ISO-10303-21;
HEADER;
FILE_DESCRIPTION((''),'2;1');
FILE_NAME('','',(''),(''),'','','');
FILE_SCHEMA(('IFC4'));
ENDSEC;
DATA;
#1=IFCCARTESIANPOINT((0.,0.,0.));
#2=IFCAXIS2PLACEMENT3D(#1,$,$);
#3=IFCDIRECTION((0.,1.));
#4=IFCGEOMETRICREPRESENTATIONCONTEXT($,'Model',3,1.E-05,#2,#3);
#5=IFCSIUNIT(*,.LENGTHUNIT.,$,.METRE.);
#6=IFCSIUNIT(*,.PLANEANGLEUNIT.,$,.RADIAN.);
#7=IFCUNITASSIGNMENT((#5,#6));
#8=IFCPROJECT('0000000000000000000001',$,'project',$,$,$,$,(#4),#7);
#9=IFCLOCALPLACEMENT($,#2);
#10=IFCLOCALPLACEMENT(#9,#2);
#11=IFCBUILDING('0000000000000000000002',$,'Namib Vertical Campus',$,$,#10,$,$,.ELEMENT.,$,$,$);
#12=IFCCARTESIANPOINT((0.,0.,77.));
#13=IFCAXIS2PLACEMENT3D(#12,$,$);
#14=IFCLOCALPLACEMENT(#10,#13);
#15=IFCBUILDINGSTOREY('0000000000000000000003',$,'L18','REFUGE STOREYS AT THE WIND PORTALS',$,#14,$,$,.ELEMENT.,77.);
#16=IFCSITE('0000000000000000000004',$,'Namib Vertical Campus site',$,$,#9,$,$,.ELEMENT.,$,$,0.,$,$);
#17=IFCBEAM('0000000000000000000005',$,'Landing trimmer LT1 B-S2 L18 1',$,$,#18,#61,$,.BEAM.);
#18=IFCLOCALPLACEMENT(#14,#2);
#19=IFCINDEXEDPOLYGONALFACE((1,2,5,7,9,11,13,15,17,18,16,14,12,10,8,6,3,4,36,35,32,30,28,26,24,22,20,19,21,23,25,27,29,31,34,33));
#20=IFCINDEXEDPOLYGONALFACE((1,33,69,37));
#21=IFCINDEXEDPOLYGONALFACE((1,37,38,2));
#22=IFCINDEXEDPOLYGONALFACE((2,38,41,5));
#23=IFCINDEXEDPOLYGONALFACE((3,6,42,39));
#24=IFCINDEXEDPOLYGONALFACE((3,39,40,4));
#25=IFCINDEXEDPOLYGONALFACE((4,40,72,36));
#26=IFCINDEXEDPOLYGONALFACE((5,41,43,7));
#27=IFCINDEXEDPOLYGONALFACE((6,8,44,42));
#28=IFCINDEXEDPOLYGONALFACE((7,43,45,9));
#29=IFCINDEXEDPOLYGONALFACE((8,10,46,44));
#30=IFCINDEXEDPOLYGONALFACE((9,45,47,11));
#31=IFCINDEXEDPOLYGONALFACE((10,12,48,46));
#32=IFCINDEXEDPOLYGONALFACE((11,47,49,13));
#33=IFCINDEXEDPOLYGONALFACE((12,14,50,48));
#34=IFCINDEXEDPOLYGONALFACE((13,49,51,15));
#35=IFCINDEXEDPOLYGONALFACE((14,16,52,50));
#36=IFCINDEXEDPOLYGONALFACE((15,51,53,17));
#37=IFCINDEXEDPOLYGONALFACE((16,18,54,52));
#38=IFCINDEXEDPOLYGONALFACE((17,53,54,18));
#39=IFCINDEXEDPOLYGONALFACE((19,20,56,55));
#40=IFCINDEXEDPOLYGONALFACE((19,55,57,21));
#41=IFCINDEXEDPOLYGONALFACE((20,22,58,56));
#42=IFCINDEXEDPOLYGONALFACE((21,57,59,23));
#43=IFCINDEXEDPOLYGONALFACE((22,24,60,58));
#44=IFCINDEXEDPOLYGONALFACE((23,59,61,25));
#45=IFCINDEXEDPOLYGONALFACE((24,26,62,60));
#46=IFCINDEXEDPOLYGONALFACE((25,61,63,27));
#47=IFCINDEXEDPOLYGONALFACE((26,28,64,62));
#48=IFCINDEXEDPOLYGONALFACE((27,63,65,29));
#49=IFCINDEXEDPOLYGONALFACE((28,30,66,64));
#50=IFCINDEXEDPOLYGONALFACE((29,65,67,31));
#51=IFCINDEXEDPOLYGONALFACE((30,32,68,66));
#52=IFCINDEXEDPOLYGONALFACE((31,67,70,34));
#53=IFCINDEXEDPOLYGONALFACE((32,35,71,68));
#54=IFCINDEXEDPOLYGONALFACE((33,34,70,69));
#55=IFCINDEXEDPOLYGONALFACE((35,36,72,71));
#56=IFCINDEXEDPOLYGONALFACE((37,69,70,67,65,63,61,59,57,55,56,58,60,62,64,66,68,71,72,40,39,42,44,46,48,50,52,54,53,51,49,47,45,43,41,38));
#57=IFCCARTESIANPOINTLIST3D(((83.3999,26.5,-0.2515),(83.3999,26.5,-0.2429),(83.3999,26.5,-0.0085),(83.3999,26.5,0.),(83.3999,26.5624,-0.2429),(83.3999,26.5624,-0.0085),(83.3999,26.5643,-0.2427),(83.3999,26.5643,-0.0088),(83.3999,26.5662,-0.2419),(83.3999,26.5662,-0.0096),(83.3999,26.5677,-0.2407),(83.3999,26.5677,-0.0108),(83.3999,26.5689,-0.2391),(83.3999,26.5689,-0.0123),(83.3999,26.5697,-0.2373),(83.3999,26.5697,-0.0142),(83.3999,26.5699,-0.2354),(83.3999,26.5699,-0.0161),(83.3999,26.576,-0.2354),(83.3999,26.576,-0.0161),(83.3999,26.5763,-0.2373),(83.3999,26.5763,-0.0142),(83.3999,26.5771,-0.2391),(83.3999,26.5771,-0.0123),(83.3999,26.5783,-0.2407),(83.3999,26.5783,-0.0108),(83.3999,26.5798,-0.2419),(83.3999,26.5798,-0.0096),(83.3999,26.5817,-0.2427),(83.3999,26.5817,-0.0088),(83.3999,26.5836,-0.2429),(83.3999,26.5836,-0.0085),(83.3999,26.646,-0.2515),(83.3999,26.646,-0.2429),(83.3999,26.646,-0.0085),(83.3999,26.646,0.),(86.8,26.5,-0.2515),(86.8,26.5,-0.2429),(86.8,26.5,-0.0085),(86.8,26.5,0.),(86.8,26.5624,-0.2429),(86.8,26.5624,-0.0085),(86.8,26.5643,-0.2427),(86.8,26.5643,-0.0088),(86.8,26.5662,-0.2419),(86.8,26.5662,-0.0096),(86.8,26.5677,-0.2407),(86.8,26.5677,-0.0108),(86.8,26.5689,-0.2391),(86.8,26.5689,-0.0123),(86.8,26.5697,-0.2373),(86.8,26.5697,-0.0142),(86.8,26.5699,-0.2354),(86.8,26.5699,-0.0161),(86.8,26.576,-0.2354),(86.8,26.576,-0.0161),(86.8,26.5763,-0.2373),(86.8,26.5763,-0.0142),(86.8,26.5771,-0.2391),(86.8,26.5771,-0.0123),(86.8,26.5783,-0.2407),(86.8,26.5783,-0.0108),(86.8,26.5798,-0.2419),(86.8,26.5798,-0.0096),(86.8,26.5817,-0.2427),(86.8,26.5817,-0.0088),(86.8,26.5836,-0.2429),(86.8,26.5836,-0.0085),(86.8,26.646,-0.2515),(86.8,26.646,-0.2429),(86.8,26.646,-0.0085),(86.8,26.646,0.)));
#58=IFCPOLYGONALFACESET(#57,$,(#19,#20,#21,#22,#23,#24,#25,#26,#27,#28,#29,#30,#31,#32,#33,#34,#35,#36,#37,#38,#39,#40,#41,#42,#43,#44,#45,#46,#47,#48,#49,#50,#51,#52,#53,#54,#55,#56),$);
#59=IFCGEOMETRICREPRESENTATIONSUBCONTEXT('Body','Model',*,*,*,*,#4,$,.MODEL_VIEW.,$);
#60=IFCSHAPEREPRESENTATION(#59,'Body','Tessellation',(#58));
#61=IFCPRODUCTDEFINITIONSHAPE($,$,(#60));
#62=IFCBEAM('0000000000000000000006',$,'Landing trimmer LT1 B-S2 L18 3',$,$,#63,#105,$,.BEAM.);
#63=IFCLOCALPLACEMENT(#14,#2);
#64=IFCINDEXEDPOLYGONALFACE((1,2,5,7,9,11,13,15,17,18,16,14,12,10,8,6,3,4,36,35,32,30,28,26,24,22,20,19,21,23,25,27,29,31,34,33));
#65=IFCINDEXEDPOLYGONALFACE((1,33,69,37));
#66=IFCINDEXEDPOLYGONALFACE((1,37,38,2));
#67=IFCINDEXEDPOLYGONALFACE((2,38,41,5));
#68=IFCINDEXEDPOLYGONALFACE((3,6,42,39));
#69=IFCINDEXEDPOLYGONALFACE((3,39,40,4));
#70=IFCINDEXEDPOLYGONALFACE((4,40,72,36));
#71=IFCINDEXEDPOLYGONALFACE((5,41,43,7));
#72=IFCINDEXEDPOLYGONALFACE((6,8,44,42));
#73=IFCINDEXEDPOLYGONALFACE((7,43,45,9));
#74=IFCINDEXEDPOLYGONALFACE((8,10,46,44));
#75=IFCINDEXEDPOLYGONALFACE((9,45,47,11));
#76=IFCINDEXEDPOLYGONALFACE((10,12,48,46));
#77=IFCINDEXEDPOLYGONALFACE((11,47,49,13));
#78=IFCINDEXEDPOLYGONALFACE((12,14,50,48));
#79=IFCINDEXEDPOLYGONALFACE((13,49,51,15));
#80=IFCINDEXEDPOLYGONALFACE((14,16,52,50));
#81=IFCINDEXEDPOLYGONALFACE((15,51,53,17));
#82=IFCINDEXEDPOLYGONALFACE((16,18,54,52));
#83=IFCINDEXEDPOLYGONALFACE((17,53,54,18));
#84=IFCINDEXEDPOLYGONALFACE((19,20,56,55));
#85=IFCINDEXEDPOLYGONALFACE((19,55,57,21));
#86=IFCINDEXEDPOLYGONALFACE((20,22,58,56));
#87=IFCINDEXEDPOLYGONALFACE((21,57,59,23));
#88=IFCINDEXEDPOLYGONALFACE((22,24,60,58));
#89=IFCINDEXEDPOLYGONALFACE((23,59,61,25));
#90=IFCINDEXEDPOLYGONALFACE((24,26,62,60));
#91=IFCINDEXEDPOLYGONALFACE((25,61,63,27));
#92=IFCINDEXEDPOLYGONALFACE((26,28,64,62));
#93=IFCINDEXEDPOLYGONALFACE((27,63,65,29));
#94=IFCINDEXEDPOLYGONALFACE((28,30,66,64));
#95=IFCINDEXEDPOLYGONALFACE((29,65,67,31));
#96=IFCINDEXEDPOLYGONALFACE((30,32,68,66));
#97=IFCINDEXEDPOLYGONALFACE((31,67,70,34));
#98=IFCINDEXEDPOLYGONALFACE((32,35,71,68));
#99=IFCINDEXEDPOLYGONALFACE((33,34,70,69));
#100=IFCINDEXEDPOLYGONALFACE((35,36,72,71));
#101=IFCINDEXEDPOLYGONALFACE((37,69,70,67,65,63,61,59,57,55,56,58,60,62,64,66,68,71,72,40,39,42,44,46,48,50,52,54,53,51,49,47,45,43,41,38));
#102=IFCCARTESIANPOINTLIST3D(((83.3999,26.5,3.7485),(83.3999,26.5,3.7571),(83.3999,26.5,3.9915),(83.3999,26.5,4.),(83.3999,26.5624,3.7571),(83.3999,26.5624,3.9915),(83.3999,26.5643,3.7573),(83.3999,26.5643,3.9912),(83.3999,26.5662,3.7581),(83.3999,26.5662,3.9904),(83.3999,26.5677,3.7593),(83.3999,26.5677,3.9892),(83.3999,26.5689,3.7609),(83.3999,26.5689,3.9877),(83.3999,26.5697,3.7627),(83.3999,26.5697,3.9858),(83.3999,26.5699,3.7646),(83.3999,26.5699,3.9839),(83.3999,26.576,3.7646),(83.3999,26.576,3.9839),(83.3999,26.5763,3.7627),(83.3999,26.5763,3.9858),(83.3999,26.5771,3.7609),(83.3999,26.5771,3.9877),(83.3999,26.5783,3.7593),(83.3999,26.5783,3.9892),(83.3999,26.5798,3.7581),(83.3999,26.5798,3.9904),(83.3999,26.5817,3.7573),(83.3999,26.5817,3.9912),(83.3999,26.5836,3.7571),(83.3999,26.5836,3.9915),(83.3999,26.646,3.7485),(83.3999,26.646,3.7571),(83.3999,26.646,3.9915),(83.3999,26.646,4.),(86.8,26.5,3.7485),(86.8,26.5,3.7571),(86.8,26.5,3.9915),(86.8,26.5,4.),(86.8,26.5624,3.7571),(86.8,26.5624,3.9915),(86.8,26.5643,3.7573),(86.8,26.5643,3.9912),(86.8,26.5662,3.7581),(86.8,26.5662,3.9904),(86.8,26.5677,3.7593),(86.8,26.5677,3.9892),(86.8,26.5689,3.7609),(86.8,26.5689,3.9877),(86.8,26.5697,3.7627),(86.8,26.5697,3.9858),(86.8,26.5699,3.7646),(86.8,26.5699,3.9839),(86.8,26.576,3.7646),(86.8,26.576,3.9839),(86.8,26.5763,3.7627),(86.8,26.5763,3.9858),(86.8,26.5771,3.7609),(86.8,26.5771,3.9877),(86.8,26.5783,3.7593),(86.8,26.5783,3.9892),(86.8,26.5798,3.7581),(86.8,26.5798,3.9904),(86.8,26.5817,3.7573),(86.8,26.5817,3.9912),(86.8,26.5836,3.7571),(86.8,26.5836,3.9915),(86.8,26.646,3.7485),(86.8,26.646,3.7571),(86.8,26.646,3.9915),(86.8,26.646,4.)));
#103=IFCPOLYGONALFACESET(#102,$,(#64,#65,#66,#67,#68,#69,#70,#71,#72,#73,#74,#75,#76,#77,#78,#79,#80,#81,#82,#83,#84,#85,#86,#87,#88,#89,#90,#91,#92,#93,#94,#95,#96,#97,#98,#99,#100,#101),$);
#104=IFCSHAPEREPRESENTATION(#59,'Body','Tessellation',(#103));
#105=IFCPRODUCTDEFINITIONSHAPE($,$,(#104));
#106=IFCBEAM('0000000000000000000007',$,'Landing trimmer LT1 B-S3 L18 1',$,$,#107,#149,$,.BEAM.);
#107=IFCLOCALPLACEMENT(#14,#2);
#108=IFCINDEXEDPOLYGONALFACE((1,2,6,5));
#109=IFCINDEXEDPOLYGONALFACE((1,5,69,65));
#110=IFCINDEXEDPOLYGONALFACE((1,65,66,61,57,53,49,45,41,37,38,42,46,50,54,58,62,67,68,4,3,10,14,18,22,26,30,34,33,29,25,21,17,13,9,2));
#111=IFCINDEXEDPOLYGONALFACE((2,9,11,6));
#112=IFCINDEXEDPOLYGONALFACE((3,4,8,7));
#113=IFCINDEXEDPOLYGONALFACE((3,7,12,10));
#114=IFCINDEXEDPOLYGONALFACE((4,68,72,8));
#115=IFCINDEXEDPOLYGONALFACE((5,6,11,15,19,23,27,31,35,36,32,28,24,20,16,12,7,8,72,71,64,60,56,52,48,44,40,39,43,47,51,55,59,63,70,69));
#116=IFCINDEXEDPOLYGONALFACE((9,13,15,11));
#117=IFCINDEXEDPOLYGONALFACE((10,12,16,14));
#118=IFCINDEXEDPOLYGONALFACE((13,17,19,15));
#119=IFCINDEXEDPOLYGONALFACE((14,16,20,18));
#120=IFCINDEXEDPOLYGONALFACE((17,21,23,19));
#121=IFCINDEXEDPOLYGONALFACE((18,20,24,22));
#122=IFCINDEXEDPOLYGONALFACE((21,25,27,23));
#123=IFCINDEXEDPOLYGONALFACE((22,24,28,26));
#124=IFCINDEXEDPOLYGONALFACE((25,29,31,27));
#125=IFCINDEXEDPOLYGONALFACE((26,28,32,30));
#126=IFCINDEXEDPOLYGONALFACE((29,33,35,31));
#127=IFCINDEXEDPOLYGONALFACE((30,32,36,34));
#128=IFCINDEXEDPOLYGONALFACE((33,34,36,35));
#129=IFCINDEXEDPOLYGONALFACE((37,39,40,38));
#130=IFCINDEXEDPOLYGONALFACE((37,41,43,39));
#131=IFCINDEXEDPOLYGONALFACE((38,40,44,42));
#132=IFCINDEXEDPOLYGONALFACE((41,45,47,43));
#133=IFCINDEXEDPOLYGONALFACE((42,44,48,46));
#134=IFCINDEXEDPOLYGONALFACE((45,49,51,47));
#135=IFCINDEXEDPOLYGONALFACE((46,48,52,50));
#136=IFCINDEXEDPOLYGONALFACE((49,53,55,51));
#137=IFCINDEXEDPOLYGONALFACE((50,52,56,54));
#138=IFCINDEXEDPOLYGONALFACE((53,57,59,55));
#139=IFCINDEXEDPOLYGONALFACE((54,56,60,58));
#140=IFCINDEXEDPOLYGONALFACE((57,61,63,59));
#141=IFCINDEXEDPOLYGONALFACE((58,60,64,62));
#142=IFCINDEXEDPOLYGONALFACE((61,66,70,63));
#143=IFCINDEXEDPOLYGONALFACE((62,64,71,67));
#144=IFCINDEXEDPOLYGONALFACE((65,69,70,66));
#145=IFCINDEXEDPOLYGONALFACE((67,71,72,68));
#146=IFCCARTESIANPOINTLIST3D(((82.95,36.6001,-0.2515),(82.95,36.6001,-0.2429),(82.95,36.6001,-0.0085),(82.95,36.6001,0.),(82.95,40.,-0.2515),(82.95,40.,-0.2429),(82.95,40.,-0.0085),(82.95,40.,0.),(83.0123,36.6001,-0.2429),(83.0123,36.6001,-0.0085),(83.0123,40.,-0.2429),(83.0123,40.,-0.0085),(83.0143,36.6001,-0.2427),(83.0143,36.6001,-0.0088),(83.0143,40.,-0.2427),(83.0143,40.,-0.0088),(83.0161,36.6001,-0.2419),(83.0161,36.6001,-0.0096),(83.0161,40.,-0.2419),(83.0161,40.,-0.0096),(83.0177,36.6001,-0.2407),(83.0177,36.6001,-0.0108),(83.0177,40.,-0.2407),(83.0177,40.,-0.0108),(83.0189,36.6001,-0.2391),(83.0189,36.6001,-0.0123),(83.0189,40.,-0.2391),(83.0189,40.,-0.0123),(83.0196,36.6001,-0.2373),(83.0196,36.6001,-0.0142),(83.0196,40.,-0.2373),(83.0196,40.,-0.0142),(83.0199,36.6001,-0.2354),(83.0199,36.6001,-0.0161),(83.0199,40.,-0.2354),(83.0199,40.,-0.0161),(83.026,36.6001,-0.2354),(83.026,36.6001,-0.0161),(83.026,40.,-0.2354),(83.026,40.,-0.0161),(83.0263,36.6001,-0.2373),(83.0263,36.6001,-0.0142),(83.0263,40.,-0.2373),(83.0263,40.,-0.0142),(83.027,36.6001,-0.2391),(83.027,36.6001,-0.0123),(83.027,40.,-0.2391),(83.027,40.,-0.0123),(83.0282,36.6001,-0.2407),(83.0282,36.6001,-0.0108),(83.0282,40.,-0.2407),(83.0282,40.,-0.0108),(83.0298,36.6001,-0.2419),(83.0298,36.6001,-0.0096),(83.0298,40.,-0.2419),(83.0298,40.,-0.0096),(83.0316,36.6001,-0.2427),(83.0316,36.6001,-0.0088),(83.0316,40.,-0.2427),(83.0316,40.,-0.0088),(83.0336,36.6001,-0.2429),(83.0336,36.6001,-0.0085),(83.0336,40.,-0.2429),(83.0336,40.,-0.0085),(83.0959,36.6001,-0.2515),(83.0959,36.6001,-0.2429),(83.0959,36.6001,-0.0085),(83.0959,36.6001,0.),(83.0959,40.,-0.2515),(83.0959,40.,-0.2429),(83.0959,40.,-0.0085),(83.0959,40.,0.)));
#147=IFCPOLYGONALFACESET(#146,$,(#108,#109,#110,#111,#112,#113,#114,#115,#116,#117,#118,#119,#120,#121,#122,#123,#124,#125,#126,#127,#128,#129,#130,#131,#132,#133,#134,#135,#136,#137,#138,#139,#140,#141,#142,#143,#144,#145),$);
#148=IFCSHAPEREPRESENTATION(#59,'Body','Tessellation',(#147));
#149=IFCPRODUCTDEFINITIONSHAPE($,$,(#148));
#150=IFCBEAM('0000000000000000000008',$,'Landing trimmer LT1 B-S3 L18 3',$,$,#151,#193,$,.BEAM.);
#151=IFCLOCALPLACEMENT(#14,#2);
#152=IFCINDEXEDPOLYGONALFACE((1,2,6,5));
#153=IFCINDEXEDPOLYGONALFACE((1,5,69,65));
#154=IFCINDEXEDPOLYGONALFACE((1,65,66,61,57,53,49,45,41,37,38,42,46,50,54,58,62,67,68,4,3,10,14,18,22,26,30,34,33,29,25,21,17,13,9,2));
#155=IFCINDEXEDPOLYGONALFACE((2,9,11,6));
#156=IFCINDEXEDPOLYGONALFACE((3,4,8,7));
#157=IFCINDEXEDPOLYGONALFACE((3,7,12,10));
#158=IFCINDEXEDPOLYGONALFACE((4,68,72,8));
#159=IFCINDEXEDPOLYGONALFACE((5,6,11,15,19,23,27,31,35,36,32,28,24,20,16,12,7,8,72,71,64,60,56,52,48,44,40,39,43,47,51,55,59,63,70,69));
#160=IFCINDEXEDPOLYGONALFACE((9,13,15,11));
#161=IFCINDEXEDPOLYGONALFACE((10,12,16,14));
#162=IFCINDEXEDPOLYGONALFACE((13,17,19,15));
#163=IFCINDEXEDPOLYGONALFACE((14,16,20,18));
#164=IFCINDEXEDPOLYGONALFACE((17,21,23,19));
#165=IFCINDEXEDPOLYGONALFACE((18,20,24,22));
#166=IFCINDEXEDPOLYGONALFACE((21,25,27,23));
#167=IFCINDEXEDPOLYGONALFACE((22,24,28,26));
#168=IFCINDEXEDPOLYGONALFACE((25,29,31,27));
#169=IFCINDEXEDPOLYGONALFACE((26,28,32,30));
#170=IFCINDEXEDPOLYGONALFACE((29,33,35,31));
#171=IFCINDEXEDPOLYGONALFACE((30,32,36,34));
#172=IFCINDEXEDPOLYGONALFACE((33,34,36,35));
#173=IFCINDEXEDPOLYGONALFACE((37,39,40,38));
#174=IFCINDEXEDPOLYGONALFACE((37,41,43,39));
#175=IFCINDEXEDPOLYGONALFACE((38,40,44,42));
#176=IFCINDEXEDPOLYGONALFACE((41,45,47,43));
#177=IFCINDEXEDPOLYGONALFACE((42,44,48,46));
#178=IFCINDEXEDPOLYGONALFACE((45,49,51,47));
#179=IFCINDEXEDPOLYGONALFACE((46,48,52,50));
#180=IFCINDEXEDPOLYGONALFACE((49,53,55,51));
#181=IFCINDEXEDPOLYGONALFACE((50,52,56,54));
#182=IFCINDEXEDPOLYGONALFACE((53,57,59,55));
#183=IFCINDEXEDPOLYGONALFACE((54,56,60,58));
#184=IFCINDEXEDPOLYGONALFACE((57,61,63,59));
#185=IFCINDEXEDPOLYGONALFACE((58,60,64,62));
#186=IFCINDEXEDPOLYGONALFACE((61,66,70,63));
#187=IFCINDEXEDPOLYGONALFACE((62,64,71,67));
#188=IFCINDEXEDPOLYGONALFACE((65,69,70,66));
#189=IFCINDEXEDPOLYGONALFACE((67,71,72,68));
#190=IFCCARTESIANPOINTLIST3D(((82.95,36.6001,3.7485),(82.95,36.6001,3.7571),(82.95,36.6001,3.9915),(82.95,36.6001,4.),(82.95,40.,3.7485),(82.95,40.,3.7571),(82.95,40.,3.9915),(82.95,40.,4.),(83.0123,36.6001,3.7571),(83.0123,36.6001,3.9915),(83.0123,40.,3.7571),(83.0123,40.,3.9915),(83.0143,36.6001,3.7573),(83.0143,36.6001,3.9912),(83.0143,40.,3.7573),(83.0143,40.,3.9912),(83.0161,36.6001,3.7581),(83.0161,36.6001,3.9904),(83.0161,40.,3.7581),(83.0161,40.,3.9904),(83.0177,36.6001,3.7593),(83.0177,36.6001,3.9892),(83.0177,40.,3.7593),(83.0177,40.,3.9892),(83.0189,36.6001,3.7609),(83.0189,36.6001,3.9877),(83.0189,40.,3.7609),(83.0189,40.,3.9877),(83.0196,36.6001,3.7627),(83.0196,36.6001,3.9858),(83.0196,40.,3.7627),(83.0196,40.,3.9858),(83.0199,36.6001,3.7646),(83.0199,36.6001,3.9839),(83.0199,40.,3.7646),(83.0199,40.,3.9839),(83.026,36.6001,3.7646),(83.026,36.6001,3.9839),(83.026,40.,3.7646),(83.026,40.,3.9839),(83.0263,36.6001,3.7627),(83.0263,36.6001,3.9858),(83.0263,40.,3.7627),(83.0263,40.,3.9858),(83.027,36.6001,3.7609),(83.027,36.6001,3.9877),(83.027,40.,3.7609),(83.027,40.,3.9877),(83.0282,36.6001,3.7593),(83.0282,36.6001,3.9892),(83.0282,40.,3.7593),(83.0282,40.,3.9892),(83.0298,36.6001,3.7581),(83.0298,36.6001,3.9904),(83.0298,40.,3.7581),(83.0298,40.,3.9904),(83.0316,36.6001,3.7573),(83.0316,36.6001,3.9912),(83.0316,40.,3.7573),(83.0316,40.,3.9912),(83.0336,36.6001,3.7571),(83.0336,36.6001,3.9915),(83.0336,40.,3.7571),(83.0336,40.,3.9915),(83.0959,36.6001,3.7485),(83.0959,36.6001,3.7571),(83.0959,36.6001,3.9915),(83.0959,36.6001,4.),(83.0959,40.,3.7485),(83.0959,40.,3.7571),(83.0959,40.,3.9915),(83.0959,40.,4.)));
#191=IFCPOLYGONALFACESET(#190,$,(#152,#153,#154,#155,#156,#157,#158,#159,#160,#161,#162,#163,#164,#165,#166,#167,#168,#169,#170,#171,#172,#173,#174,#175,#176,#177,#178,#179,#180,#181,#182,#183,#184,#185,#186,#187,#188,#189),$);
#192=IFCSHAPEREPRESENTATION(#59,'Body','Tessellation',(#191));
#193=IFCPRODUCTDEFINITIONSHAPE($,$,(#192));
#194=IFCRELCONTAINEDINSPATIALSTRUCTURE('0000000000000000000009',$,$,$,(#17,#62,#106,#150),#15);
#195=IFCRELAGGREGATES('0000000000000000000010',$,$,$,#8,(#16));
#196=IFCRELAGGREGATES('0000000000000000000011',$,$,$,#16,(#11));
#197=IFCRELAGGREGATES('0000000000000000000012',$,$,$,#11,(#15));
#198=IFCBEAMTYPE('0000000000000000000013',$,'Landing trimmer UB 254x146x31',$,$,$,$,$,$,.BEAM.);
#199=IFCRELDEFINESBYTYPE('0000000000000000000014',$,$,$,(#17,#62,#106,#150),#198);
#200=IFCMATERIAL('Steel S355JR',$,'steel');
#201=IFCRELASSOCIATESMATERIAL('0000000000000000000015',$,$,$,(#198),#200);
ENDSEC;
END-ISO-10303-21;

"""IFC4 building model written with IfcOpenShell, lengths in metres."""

from ifc_helpers import new_model, si_unit, direction, frame, origin, origin_2d, place, context, subcontext, project, spatial, i_section, extrude, material, material_profile, profile_set, type_object, element, save


model = new_model("IFC4")

# Units and contexts
model_context = context("Model", 3, precision=1e-05, world=origin(), true_north=direction((0.0, 1.0)))
body_context = subcontext(model_context, "Body", "Model", "MODEL_VIEW")
ifc_project = project(units=[si_unit("LENGTHUNIT", "METRE"), si_unit("PLANEANGLEUNIT", "RADIAN")], contexts=[model_context])

# Site, building, storey
site_placement = place(None, origin())
site = spatial("IfcSite", under=ifc_project, at=site_placement, Name="Namib Vertical Campus site", CompositionType="ELEMENT", RefElevation=0.0)
building_placement = place(site_placement, origin())
building = spatial("IfcBuilding", under=site, at=building_placement, Name="Namib Vertical Campus", CompositionType="ELEMENT")
storey_placement = place(building_placement, frame((0.0, 0.0, 77.0)))
storey = spatial("IfcBuildingStorey", under=building, at=storey_placement, Name="L18", Description="REFUGE STOREYS AT THE WIND PORTALS", CompositionType="ELEMENT", Elevation=77.0)

# Beams
ifc_material_1 = material(Name="Steel S355JR", Category="steel")
ifc_material_profile_1 = material_profile(ifc_material_1, i_section(OverallWidth=0.146, OverallDepth=0.2515, WebThickness=0.0061, FlangeThickness=0.0085, FilletRadius=0.0076, at=origin_2d()))
ifc_profile_set_1 = profile_set([ifc_material_profile_1], Name="Steel S355JR")
beam_type_1 = type_object("IfcBeamType", Name="Landing trimmer UB 254x146x31", PredefinedType="BEAM", material=ifc_profile_set_1)
for number, where, z_axis, x_axis, name in (
    (1, (83.3999, 26.573, -0.1257), (1.0, 0.0, 0.0), (0.0, 1.0, 0.0), "Landing trimmer LT1 B-S2 L18 1"),
    (2, (83.3999, 26.573, 3.8743), (1.0, 0.0, 0.0), (0.0, 1.0, 0.0), "Landing trimmer LT1 B-S2 L18 3"),
):
    element("IfcBeam", number, at=place(storey_placement, frame(where, z_axis=z_axis, x_axis=x_axis)), inside=storey, type_object=beam_type_1, Name=name, PredefinedType="BEAM", context=body_context, shape_type="SweptSolid", body=[
        extrude(i_section(OverallWidth=0.146, OverallDepth=0.2515, WebThickness=0.0061, FlangeThickness=0.0085, FilletRadius=0.0076, at=origin_2d()), origin(), (0.0, 0.0, 1.0), 3.4001),
    ])
for number, where, z_axis, x_axis, name in (
    (3, (83.0229, 36.6001, -0.1257), (0.0, 1.0, 0.0), (-1.0, 0.0, 0.0), "Landing trimmer LT1 B-S3 L18 1"),
    (4, (83.0229, 36.6001, 3.8743), (0.0, 1.0, 0.0), (-1.0, 0.0, 0.0), "Landing trimmer LT1 B-S3 L18 3"),
):
    element("IfcBeam", number, at=place(storey_placement, frame(where, z_axis=z_axis, x_axis=x_axis)), inside=storey, type_object=beam_type_1, Name=name, PredefinedType="BEAM", context=body_context, shape_type="SweptSolid", body=[
        extrude(i_section(OverallWidth=0.146, OverallDepth=0.2515, WebThickness=0.0061, FlangeThickness=0.0085, FilletRadius=0.0076, at=origin_2d()), origin(), (0.0, 0.0, 1.0), 3.3999),
    ])

save(model, "model.ifc")
